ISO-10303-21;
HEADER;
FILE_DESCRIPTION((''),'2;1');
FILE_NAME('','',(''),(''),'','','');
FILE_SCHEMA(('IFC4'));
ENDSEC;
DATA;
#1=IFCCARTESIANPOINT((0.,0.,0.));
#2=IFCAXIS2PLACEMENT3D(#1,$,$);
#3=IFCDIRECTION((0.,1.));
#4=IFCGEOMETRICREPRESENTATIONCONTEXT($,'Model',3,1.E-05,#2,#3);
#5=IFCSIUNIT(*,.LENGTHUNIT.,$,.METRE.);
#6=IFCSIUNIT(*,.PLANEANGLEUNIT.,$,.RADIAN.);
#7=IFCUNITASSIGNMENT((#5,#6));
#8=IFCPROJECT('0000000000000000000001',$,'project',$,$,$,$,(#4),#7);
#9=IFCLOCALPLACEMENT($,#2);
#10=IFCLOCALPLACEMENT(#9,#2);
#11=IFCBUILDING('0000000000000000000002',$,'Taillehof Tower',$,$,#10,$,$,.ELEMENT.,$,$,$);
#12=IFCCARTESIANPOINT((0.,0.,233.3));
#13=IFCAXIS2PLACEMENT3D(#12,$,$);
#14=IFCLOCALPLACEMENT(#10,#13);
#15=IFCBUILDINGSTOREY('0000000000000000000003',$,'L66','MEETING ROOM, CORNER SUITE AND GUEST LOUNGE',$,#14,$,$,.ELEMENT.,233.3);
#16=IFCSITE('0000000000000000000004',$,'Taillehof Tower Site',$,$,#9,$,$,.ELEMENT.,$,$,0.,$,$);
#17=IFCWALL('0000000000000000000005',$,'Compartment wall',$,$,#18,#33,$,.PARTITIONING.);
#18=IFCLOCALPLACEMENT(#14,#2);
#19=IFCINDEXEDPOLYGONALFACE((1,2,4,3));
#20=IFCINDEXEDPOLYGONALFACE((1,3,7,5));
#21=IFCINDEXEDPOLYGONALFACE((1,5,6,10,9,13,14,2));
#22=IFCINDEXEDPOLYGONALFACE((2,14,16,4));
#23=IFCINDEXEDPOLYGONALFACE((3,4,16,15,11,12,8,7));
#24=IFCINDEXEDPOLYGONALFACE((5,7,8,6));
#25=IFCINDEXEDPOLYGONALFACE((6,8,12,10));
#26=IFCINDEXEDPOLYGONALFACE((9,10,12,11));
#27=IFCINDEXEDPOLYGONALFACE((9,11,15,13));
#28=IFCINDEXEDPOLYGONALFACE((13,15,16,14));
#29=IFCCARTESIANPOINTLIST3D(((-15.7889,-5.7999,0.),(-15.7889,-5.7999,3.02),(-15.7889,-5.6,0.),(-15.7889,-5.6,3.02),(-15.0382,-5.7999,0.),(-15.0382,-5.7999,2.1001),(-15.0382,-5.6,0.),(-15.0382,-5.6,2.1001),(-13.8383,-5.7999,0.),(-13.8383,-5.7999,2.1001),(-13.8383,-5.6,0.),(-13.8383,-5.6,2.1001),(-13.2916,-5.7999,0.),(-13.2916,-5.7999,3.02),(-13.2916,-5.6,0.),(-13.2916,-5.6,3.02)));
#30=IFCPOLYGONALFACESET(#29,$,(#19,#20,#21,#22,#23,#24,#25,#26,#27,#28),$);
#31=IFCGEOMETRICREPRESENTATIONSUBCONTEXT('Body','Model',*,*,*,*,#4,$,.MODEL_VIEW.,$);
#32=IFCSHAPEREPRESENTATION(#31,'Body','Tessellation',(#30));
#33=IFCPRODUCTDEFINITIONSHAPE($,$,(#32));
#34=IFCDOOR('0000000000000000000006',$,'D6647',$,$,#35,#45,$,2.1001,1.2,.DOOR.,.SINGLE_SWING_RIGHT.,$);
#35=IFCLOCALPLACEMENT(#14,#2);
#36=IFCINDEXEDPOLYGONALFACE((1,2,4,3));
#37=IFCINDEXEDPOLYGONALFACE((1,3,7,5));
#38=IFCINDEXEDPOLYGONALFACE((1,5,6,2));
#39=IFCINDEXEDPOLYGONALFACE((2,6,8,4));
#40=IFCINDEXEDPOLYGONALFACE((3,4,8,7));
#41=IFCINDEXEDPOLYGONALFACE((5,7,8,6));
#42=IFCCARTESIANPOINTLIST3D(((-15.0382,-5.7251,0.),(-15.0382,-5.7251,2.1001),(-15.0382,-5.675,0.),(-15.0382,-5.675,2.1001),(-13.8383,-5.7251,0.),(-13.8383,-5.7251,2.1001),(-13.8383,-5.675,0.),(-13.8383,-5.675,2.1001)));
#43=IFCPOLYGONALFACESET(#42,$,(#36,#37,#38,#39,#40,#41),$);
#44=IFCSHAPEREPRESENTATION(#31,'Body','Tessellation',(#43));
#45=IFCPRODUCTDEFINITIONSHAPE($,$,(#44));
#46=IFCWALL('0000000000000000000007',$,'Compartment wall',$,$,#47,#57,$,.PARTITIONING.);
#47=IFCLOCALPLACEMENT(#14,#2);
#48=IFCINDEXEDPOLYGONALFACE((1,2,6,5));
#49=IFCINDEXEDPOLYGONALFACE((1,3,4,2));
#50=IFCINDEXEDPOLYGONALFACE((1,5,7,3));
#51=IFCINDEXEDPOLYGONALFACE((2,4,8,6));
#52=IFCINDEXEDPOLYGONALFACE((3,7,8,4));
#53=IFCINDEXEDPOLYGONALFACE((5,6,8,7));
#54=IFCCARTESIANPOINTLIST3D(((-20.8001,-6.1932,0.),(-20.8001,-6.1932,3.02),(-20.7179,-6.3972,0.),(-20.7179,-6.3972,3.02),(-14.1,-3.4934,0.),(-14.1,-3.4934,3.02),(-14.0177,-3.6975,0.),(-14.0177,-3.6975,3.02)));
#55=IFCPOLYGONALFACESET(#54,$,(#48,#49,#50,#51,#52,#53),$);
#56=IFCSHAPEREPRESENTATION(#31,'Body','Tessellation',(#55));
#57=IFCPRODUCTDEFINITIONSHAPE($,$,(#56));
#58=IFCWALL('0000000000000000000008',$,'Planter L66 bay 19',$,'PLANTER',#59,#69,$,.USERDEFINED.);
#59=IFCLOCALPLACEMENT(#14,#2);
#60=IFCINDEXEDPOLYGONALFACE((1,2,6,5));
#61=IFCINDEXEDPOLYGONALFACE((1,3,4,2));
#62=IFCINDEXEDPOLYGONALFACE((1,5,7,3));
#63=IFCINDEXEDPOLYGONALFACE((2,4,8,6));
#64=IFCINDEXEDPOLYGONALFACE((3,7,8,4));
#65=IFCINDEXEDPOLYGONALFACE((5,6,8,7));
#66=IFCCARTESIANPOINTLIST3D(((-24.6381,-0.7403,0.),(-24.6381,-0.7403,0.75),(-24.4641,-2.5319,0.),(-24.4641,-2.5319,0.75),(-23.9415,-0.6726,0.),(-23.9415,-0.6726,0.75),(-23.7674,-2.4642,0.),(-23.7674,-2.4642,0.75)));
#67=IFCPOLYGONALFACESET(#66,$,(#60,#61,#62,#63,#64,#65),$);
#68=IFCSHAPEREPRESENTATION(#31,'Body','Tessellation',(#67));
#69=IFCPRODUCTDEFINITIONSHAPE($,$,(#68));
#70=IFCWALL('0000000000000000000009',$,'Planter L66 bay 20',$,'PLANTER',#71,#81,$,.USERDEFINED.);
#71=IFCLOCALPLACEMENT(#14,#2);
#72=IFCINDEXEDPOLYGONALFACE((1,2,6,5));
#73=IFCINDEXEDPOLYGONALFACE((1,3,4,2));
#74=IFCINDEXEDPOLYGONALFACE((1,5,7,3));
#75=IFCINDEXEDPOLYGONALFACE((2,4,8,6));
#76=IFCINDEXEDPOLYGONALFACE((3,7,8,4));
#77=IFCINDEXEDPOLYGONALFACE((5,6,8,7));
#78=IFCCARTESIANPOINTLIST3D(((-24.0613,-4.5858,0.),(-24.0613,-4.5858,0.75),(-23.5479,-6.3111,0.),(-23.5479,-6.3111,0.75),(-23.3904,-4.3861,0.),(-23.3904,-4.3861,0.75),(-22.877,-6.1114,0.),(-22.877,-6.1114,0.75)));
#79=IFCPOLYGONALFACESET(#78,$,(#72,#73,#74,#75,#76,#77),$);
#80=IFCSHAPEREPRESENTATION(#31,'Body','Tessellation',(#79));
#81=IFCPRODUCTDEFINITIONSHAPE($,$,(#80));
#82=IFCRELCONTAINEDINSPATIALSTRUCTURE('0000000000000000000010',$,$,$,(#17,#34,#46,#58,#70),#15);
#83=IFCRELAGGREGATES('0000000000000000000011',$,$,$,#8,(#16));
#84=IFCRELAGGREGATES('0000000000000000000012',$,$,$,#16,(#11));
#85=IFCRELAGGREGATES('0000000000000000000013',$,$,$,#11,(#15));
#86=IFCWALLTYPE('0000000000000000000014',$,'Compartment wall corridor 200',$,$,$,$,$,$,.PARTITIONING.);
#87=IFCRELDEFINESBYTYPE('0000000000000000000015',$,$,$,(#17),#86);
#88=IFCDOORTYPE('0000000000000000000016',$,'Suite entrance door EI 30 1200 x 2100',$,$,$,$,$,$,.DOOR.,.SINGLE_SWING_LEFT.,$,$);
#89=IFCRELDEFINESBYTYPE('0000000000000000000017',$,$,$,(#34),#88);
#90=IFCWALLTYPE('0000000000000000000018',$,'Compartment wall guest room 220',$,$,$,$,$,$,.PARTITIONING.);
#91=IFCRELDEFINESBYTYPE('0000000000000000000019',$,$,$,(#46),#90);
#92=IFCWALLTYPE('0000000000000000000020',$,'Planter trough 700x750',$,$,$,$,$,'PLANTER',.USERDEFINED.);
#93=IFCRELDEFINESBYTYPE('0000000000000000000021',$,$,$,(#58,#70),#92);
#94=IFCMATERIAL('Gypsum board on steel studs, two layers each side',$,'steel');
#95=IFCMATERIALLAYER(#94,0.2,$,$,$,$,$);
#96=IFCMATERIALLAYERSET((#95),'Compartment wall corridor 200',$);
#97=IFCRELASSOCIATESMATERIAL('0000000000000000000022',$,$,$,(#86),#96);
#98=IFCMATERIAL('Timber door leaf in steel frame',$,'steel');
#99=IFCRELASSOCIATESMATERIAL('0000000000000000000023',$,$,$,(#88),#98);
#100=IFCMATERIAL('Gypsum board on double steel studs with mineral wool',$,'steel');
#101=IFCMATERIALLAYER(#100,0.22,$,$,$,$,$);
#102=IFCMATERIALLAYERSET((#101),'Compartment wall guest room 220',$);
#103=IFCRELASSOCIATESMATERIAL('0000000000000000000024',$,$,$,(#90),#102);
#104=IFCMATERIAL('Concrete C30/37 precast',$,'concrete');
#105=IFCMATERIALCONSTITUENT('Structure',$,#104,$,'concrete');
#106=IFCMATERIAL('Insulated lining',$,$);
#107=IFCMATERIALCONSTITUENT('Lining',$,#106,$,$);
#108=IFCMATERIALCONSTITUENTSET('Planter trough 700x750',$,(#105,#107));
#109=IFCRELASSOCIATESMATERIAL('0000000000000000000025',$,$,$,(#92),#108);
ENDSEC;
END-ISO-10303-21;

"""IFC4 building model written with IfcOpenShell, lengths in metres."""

from ifc_helpers import new_model, si_unit, direction, frame, frame_2d, origin, place, context, subcontext, project, spatial, rectangle, extrude, material, layer, layer_set, constituent, constituent_set, type_object, element, fill, save


model = new_model("IFC4")

# Units and contexts
model_context = context("Model", 3, precision=1e-05, world=origin(), true_north=direction((0.0, 1.0)))
body_context = subcontext(model_context, "Body", "Model", "MODEL_VIEW")
ifc_project = project(units=[si_unit("LENGTHUNIT", "METRE"), si_unit("PLANEANGLEUNIT", "RADIAN")], contexts=[model_context])

# Site, building, storey
site_placement = place(None, origin())
site = spatial("IfcSite", under=ifc_project, at=site_placement, Name="Taillehof Tower Site", CompositionType="ELEMENT", RefElevation=0.0)
building_placement = place(site_placement, origin())
building = spatial("IfcBuilding", under=site, at=building_placement, Name="Taillehof Tower", CompositionType="ELEMENT")
storey_placement = place(building_placement, frame((0.0, 0.0, 233.3)))
storey = spatial("IfcBuildingStorey", under=building, at=storey_placement, Name="L66", Description="MEETING ROOM, CORNER SUITE AND GUEST LOUNGE", CompositionType="ELEMENT", Elevation=233.3)

# Wall, opening, door
ifc_material_1 = material(Name="Gypsum board on steel studs, two layers each side", Category="steel")
ifc_layer_1 = layer(ifc_material_1, 0.2)
ifc_layer_set_1 = layer_set([ifc_layer_1], Name="Compartment wall corridor 200")
wall_type_1 = type_object("IfcWallType", Name="Compartment wall corridor 200", PredefinedType="PARTITIONING", material=ifc_layer_set_1)
wall_1_placement = place(storey_placement, frame((-15.7888, -5.7, 0.0), z_axis=(0.0, 0.0, 1.0), x_axis=(1.0, 0.0, 0.0)))
wall_1 = element("IfcWall", 1, at=wall_1_placement, inside=storey, type_object=wall_type_1, Name="Compartment wall", PredefinedType="PARTITIONING", context=body_context, shape_type="SweptSolid", body=[
    extrude(rectangle(XDim=2.4973, YDim=0.2, at=frame_2d((1.2485, 0.0))), origin(), (0.0, 0.0, 1.0), 3.02),
])
opening_1_placement = place(wall_1_placement, frame((0.7505, 0.0, 0.0)))
opening_1 = element("IfcOpeningElement", 2, at=opening_1_placement, cuts=wall_1, PredefinedType="OPENING", context=body_context, shape_type="SweptSolid", body=[
    extrude(rectangle(XDim=1.2, YDim=2.1001, at=frame_2d((0.6001, 1.05))), frame((0.0, 0.1099, 0.0), z_axis=(0.0, -1.0, 0.0), x_axis=(1.0, 0.0, 0.0)), (0.0, 0.0, 1.0), 0.22),
])
ifc_material_2 = material(Name="Timber door leaf in steel frame", Category="steel")
door_type_1 = type_object("IfcDoorType", Name="Suite entrance door EI 30 1200 x 2100", OperationType="SINGLE_SWING_LEFT", PredefinedType="DOOR", material=ifc_material_2)
door_1_placement = place(opening_1_placement, origin())
door_1 = element("IfcDoor", 3, at=door_1_placement, inside=storey, type_object=door_type_1, Name="D6647", OperationType="SINGLE_SWING_RIGHT", OverallHeight=2.1001, OverallWidth=1.2, PredefinedType="DOOR", context=body_context, shape_type="SweptSolid", body=[
    extrude(rectangle(XDim=1.2, YDim=2.1001, at=frame_2d((0.6001, 1.05))), frame((0.0, 0.0249, 0.0), z_axis=(0.0, -1.0, 0.0), x_axis=(1.0, 0.0, 0.0)), (0.0, 0.0, 1.0), 0.05),
])
fill(opening_1, door_1)

# Walls
ifc_material_3 = material(Name="Gypsum board on double steel studs with mineral wool", Category="steel")
ifc_layer_2 = layer(ifc_material_3, 0.22)
ifc_layer_set_2 = layer_set([ifc_layer_2], Name="Compartment wall guest room 220")
wall_type_2 = type_object("IfcWallType", Name="Compartment wall guest room 220", PredefinedType="PARTITIONING", material=ifc_layer_set_2)
wall_2_placement = place(storey_placement, frame((-20.759, -6.2952, 0.0), z_axis=(0.0, 0.0, 1.0), x_axis=(0.927537, 0.373732, 0.0)))
element("IfcWall", 4, at=wall_2_placement, inside=storey, type_object=wall_type_2, Name="Compartment wall", PredefinedType="PARTITIONING", context=body_context, shape_type="SweptSolid", body=[
    extrude(rectangle(XDim=7.2236, YDim=0.22, at=frame_2d((3.6118, 0.0))), origin(), (0.0, 0.0, 1.0), 3.02),
])
ifc_material_4 = material(Name="Concrete C30/37 precast", Category="concrete")
ifc_constituent_1 = constituent(ifc_material_4, Name="Structure", Category="concrete")
ifc_material_5 = material(Name="Insulated lining")
ifc_constituent_2 = constituent(ifc_material_5, Name="Lining")
ifc_constituent_set = constituent_set(constituents=[ifc_constituent_1, ifc_constituent_2], Name="Planter trough 700x750")
wall_type_3 = type_object("IfcWallType", Name="Planter trough 700x750", ElementType="PLANTER", PredefinedType="USERDEFINED", material=ifc_constituent_set)
for number, where, z_axis, x_axis, name in (
    (5, (-24.2898, -0.7065, 0.0), (0.0, 0.0, 1.0), (0.09671, -0.995313, 0.0), "Planter L66 bay 19"),
    (6, (-23.7258, -4.4861, 0.0), (0.0, 0.0, 1.0), (0.285219, -0.958462, 0.0), "Planter L66 bay 20"),
):
    element("IfcWall", number, at=place(storey_placement, frame(where, z_axis=z_axis, x_axis=x_axis)), inside=storey, type_object=wall_type_3, Name=name, ObjectType="PLANTER", PredefinedType="USERDEFINED", context=body_context, shape_type="SweptSolid", body=[
        extrude(rectangle(XDim=1.8, YDim=0.7, at=frame_2d((0.8999, 0.0))), origin(), (0.0, 0.0, 1.0), 0.75),
    ])

save(model, "model.ifc")
